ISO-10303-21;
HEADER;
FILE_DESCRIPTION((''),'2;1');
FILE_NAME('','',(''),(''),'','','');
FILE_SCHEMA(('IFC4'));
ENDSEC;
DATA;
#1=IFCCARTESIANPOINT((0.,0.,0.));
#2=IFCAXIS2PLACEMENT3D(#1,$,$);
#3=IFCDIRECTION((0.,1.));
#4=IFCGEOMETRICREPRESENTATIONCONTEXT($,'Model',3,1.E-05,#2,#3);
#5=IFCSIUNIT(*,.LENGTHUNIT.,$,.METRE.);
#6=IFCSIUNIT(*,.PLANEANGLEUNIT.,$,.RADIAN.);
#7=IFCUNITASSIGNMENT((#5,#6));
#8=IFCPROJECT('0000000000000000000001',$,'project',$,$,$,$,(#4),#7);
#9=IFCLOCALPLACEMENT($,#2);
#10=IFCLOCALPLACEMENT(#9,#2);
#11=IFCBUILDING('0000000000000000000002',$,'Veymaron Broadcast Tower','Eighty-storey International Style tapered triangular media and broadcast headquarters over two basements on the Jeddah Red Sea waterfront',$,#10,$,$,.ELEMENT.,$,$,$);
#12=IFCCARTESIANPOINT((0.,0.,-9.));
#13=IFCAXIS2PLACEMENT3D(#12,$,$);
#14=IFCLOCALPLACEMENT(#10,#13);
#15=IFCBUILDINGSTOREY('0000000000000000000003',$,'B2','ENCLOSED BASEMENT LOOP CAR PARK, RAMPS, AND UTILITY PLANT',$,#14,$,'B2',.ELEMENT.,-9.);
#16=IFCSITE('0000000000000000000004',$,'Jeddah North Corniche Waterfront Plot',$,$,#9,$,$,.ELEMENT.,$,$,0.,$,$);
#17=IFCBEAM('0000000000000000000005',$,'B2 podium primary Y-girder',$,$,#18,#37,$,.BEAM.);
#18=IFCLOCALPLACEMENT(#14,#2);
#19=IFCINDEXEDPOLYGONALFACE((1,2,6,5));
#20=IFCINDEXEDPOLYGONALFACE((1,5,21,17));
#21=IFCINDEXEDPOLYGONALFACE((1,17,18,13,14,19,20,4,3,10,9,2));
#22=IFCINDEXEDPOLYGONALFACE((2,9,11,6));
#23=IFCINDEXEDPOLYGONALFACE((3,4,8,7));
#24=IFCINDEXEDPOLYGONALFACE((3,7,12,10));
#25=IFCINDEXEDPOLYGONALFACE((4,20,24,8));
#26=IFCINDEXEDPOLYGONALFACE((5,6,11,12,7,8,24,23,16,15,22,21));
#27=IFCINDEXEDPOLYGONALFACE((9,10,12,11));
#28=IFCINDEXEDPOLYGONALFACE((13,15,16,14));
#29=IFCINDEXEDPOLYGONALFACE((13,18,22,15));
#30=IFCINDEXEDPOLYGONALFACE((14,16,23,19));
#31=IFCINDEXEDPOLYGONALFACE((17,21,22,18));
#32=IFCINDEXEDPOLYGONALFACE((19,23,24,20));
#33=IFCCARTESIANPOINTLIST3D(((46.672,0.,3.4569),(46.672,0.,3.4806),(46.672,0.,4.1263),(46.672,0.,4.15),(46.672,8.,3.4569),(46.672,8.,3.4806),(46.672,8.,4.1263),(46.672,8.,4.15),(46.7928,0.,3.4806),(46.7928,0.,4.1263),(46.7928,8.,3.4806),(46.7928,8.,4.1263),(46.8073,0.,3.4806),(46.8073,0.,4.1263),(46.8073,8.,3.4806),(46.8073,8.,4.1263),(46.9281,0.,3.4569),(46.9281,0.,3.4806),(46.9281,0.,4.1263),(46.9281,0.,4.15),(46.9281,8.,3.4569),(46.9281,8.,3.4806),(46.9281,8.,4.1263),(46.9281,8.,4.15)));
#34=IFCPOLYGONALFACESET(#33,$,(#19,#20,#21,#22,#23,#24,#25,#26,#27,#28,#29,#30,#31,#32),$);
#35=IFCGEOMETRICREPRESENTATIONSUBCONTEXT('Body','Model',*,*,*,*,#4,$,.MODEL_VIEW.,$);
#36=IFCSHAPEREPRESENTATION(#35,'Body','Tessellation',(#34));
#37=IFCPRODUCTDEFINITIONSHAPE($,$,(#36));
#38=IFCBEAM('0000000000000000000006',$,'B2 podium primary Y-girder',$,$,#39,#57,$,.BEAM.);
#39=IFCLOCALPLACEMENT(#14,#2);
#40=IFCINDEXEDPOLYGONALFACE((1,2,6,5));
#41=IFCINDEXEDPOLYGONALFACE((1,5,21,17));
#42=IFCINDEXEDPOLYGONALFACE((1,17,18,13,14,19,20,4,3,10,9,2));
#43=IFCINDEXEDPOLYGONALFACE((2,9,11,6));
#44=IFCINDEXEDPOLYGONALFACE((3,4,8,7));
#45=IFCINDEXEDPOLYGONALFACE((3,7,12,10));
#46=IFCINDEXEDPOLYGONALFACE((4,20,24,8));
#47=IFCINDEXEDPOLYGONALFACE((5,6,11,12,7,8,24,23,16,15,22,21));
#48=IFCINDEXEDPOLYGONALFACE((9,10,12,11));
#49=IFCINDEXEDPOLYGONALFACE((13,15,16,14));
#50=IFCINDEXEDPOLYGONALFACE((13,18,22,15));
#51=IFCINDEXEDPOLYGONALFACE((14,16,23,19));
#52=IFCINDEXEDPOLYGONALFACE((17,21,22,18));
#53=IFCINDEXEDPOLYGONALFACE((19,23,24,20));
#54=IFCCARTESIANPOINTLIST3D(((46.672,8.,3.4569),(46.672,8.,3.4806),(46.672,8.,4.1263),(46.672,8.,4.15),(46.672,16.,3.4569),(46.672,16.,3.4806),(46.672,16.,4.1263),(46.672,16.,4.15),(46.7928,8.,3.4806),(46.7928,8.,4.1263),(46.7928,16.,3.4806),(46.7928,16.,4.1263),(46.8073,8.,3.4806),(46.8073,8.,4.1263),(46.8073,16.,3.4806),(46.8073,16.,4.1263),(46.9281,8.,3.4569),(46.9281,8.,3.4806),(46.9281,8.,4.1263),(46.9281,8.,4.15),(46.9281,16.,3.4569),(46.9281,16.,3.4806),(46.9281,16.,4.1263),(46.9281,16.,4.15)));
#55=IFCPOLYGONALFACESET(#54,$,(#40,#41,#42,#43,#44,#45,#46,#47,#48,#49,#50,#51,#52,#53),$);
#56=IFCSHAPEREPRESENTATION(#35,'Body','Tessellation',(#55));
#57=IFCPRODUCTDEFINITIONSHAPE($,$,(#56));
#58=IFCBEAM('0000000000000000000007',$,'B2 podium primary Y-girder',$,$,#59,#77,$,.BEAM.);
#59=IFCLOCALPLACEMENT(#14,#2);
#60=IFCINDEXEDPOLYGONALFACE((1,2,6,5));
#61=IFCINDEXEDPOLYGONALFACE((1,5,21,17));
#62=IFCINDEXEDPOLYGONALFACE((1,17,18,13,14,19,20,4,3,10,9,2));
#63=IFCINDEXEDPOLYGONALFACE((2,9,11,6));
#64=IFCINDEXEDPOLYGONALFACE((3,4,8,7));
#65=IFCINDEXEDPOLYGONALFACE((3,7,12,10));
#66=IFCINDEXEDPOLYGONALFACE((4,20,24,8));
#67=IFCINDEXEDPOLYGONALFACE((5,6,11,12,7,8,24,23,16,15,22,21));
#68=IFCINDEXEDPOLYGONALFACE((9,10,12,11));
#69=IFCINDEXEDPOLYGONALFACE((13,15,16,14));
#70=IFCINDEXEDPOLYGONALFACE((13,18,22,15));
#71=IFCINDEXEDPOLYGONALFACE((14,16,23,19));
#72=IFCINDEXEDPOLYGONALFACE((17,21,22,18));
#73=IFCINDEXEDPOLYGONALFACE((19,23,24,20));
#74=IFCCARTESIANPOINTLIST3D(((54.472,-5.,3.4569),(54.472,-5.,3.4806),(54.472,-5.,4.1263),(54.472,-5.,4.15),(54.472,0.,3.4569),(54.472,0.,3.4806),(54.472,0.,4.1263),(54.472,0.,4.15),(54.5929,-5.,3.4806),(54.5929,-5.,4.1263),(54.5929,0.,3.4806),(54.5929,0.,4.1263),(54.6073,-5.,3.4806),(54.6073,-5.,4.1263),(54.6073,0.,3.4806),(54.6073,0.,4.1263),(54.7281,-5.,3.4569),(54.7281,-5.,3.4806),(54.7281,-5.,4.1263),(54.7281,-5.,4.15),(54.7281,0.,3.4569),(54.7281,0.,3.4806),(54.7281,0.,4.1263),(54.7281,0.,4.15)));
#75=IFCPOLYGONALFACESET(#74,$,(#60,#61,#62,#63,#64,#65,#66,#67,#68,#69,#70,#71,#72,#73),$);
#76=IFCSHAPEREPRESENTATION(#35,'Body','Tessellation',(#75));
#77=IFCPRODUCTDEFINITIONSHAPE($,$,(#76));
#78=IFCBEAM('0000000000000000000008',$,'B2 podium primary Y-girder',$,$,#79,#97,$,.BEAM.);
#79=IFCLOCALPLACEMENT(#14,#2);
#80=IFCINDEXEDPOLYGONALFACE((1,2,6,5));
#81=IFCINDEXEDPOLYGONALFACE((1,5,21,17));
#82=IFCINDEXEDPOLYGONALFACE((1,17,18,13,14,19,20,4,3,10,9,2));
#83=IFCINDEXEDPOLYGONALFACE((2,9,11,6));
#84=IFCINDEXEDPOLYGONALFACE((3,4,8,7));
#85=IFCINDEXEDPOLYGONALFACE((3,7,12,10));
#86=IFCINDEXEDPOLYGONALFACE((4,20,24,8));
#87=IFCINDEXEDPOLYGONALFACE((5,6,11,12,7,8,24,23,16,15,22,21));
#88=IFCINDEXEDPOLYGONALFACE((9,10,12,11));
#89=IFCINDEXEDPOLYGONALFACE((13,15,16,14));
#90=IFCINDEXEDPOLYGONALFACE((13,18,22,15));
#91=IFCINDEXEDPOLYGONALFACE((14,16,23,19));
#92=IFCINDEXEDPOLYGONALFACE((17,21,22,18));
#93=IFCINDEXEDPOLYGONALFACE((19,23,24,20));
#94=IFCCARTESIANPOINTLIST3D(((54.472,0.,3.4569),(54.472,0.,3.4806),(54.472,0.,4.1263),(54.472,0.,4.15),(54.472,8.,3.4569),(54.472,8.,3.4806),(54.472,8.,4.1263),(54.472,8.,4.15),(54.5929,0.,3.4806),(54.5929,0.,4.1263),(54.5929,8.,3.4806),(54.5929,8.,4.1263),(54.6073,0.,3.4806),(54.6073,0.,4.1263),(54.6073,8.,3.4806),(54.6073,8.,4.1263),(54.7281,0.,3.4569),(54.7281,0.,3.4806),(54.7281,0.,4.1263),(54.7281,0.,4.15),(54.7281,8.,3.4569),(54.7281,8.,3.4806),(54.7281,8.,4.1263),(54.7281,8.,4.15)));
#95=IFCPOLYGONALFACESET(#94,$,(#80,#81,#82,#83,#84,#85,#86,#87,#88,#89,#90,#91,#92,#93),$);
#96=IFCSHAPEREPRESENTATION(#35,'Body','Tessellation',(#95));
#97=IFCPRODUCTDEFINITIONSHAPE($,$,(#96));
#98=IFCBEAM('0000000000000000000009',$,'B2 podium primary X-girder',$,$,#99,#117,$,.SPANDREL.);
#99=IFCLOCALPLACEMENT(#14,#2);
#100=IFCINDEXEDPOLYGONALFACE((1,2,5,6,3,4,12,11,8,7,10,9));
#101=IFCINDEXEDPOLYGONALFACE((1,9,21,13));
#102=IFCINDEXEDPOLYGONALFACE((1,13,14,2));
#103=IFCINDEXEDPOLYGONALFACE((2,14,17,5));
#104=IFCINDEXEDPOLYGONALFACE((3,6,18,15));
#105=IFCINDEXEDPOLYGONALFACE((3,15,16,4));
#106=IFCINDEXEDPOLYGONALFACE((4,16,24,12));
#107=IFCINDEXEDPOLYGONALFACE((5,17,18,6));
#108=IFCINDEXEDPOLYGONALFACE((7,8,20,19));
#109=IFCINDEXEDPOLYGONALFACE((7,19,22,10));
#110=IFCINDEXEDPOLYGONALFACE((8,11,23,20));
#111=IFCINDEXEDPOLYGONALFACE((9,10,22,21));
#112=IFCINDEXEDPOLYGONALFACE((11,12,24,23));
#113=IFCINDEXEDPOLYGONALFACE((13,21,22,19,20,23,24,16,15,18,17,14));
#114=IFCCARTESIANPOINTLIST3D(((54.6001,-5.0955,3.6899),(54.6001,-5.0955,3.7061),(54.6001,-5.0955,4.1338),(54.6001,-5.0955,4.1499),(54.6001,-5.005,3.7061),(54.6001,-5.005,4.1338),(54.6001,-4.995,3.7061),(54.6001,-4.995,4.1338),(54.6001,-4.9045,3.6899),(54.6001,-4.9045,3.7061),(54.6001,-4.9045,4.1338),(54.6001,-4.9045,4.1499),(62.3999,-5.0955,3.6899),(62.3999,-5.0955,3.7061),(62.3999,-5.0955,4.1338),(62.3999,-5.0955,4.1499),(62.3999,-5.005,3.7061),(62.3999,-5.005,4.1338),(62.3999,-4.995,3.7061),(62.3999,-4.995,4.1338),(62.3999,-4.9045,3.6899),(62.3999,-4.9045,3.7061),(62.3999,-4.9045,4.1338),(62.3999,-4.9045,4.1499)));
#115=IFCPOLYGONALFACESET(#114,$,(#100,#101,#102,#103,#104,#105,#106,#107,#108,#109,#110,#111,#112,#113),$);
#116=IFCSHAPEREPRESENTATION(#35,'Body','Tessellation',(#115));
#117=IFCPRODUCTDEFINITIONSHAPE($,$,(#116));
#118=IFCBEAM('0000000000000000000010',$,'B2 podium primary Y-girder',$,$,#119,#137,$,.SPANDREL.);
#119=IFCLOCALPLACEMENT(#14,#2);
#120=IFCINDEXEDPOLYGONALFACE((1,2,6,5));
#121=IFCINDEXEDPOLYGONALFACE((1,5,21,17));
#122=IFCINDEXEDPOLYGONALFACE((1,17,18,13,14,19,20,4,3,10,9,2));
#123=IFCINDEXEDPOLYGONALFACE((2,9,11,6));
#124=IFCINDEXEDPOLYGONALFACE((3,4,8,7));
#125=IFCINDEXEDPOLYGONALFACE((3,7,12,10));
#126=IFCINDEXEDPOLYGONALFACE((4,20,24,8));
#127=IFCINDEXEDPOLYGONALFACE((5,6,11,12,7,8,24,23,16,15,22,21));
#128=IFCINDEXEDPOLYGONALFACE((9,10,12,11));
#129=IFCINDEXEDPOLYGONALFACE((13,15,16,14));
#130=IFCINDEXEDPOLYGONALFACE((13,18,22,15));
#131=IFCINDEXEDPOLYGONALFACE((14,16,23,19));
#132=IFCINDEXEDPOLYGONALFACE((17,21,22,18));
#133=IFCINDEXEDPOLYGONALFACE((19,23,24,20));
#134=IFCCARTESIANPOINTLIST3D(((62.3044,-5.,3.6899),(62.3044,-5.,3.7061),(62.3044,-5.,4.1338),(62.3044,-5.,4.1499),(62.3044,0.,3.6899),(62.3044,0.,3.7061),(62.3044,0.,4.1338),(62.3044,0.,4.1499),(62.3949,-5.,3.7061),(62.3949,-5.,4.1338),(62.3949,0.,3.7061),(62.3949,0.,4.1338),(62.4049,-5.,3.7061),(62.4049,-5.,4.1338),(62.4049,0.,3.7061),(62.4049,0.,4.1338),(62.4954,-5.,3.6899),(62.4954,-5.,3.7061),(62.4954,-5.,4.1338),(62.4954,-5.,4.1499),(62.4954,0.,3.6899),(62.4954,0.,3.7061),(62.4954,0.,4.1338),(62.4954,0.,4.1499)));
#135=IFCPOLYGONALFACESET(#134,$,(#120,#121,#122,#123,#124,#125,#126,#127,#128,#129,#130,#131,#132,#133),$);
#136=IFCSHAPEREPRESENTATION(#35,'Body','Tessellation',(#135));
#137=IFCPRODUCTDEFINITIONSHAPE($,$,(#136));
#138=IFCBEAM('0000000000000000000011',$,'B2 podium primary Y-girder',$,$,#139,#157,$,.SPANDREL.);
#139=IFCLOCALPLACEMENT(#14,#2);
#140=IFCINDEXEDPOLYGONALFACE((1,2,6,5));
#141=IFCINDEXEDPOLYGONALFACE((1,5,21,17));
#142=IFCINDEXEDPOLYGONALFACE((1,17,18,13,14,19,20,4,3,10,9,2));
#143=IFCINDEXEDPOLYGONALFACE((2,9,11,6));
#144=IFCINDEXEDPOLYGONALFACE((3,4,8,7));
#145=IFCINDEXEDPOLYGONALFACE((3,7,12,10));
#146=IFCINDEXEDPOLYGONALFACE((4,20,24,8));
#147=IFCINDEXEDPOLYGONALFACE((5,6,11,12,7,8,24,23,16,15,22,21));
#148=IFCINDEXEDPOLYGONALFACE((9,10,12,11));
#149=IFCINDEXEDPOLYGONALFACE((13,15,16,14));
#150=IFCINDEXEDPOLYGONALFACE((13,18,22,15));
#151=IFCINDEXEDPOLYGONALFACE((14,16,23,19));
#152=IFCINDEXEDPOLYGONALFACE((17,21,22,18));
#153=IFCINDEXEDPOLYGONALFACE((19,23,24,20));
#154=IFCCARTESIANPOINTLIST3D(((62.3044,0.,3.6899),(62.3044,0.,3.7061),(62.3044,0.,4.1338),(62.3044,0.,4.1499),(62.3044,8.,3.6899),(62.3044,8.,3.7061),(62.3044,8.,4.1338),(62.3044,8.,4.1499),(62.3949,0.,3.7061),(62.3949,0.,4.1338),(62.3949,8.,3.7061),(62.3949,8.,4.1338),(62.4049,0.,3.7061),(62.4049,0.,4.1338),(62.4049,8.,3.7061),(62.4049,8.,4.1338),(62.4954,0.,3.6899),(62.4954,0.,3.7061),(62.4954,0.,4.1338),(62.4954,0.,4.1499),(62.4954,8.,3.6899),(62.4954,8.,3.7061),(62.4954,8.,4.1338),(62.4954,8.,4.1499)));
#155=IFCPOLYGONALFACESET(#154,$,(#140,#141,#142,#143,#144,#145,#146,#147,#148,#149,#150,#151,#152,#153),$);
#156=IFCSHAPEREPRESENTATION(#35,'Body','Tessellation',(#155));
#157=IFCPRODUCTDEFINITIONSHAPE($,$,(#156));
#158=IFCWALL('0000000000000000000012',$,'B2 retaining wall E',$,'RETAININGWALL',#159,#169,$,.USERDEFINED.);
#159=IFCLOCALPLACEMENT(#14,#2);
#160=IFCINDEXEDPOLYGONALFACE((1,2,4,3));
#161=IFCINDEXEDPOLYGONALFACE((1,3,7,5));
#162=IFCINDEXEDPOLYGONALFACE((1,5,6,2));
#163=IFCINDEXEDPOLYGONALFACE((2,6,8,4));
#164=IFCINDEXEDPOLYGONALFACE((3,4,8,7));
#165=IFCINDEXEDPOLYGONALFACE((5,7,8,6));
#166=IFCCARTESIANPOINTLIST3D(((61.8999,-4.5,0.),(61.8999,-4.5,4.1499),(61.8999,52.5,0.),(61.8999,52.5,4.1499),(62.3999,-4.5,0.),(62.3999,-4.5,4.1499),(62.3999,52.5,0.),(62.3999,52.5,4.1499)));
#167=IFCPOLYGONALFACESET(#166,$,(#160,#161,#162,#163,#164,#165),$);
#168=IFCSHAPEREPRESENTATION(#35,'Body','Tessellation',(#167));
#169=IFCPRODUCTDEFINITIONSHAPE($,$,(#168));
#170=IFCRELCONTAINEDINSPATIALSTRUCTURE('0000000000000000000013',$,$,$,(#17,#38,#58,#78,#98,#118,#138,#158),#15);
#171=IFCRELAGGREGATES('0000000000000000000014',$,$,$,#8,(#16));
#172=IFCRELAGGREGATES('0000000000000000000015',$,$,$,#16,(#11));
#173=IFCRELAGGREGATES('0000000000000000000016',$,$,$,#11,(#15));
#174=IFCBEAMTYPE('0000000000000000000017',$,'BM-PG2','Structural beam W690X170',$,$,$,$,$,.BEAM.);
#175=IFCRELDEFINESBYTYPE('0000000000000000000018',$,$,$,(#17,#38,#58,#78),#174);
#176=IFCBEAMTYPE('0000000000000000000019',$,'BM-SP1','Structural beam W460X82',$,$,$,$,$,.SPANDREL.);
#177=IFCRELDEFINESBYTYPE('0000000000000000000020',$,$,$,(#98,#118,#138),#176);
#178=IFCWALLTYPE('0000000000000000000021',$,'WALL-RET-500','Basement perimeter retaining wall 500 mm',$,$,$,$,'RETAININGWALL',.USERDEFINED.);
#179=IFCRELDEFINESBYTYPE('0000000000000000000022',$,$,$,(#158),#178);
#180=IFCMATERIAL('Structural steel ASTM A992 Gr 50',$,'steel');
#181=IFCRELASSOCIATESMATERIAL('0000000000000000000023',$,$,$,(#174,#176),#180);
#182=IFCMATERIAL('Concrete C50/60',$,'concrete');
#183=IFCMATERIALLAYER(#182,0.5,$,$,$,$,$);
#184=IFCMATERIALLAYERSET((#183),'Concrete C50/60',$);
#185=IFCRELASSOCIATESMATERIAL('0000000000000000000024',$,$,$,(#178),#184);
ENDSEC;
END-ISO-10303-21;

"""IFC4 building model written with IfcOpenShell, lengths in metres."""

from ifc_helpers import new_model, si_unit, direction, frame, frame_2d, origin, origin_2d, place, context, subcontext, project, spatial, rectangle, i_section, extrude, material, layer, layer_set, material_profile, profile_set, type_object, element, save


model = new_model("IFC4")

# Units and contexts
model_context = context("Model", 3, precision=1e-05, world=origin(), true_north=direction((0.0, 1.0)))
body_context = subcontext(model_context, "Body", "Model", "MODEL_VIEW")
ifc_project = project(units=[si_unit("LENGTHUNIT", "METRE"), si_unit("PLANEANGLEUNIT", "RADIAN")], contexts=[model_context])

# Site, building, storey
site_placement = place(None, origin())
site = spatial("IfcSite", under=ifc_project, at=site_placement, Name="Jeddah North Corniche Waterfront Plot", CompositionType="ELEMENT", RefElevation=0.0)
building_placement = place(site_placement, origin())
building = spatial("IfcBuilding", under=site, at=building_placement, Name="Veymaron Broadcast Tower", Description="Eighty-storey International Style tapered triangular media and broadcast headquarters over two basements on the Jeddah Red Sea waterfront", CompositionType="ELEMENT")
storey_placement = place(building_placement, frame((0.0, 0.0, -9.0)))
storey = spatial("IfcBuildingStorey", under=building, at=storey_placement, Name="B2", Description="ENCLOSED BASEMENT LOOP CAR PARK, RAMPS, AND UTILITY PLANT", LongName="B2", CompositionType="ELEMENT", Elevation=-9.0)

# Shared definitions
ifc_material_1 = material(Name="Concrete C50/60", Category="concrete")

# Beams
ifc_material_2 = material(Name="Structural steel ASTM A992 Gr 50", Category="steel")
ifc_material_profile_1 = material_profile(ifc_material_2, i_section(OverallWidth=0.2561, OverallDepth=0.6931, WebThickness=0.0144, FlangeThickness=0.0237, at=origin_2d()), Name="W690X170")
ifc_profile_set_1 = profile_set([ifc_material_profile_1], Name="Structural steel ASTM A992 Gr 50")
beam_type_1 = type_object("IfcBeamType", Name="BM-PG2", Description="Structural beam W690X170", PredefinedType="BEAM", material=ifc_profile_set_1)
for number, where, z_axis, x_axis, name in (
    (1, (46.8, 0.0, 3.8035), (0.0, 1.0, 0.0), (-1.0, 0.0, 0.0), "B2 podium primary Y-girder"),
    (2, (46.8, 8.0, 3.8035), (0.0, 1.0, 0.0), (-1.0, 0.0, 0.0), "B2 podium primary Y-girder"),
):
    element("IfcBeam", number, at=place(storey_placement, frame(where, z_axis=z_axis, x_axis=x_axis)), inside=storey, type_object=beam_type_1, Name=name, PredefinedType="BEAM", context=body_context, shape_type="SweptSolid", body=[
        extrude(i_section(OverallWidth=0.2561, OverallDepth=0.6931, WebThickness=0.0144, FlangeThickness=0.0237, at=origin_2d()), origin(), (0.0, 0.0, 1.0), 8.0),
    ])
beam_1_placement = place(storey_placement, frame((54.6001, -5.0, 3.8035), z_axis=(0.0, 1.0, 0.0), x_axis=(-1.0, 0.0, 0.0)))
element("IfcBeam", 3, at=beam_1_placement, inside=storey, type_object=beam_type_1, Name="B2 podium primary Y-girder", PredefinedType="BEAM", context=body_context, shape_type="SweptSolid", body=[
    extrude(i_section(OverallWidth=0.2561, OverallDepth=0.6931, WebThickness=0.0144, FlangeThickness=0.0237, at=origin_2d()), origin(), (0.0, 0.0, 1.0), 5.0),
])
beam_2_placement = place(storey_placement, frame((54.6001, 0.0, 3.8035), z_axis=(0.0, 1.0, 0.0), x_axis=(-1.0, 0.0, 0.0)))
element("IfcBeam", 4, at=beam_2_placement, inside=storey, type_object=beam_type_1, Name="B2 podium primary Y-girder", PredefinedType="BEAM", context=body_context, shape_type="SweptSolid", body=[
    extrude(i_section(OverallWidth=0.2561, OverallDepth=0.6931, WebThickness=0.0144, FlangeThickness=0.0237, at=origin_2d()), origin(), (0.0, 0.0, 1.0), 8.0),
])
ifc_material_profile_2 = material_profile(ifc_material_2, i_section(OverallWidth=0.1909, OverallDepth=0.46, WebThickness=0.01, FlangeThickness=0.0161, at=origin_2d()), Name="W460X82")
ifc_profile_set_2 = profile_set([ifc_material_profile_2], Name="Structural steel ASTM A992 Gr 50")
beam_type_2 = type_object("IfcBeamType", Name="BM-SP1", Description="Structural beam W460X82", PredefinedType="SPANDREL", material=ifc_profile_set_2)
beam_3_placement = place(storey_placement, frame((54.6001, -5.0, 3.9199), z_axis=(1.0, 0.0, 0.0), x_axis=(0.0, 1.0, 0.0)))
element("IfcBeam", 5, at=beam_3_placement, inside=storey, type_object=beam_type_2, Name="B2 podium primary X-girder", PredefinedType="SPANDREL", context=body_context, shape_type="SweptSolid", body=[
    extrude(i_section(OverallWidth=0.1909, OverallDepth=0.46, WebThickness=0.01, FlangeThickness=0.0161, at=origin_2d()), origin(), (0.0, 0.0, 1.0), 7.7998),
])
beam_4_placement = place(storey_placement, frame((62.3999, -5.0, 3.9199), z_axis=(0.0, 1.0, 0.0), x_axis=(-1.0, 0.0, 0.0)))
element("IfcBeam", 6, at=beam_4_placement, inside=storey, type_object=beam_type_2, Name="B2 podium primary Y-girder", PredefinedType="SPANDREL", context=body_context, shape_type="SweptSolid", body=[
    extrude(i_section(OverallWidth=0.1909, OverallDepth=0.46, WebThickness=0.01, FlangeThickness=0.0161, at=origin_2d()), origin(), (0.0, 0.0, 1.0), 5.0),
])
beam_5_placement = place(storey_placement, frame((62.3999, 0.0, 3.9199), z_axis=(0.0, 1.0, 0.0), x_axis=(-1.0, 0.0, 0.0)))
element("IfcBeam", 7, at=beam_5_placement, inside=storey, type_object=beam_type_2, Name="B2 podium primary Y-girder", PredefinedType="SPANDREL", context=body_context, shape_type="SweptSolid", body=[
    extrude(i_section(OverallWidth=0.1909, OverallDepth=0.46, WebThickness=0.01, FlangeThickness=0.0161, at=origin_2d()), origin(), (0.0, 0.0, 1.0), 8.0),
])

# Wall
ifc_layer = layer(ifc_material_1, 0.5)
ifc_layer_set = layer_set([ifc_layer], Name="Concrete C50/60")
wall_type = type_object("IfcWallType", Name="WALL-RET-500", Description="Basement perimeter retaining wall 500 mm", ElementType="RETAININGWALL", PredefinedType="USERDEFINED", material=ifc_layer_set)
wall_placement = place(storey_placement, frame((62.1499, -4.5, 0.0), z_axis=(0.0, 0.0, 1.0), x_axis=(0.0, 1.0, 0.0)))
element("IfcWall", 8, at=wall_placement, inside=storey, type_object=wall_type, Name="B2 retaining wall E", ObjectType="RETAININGWALL", PredefinedType="USERDEFINED", context=body_context, shape_type="SweptSolid", body=[
    extrude(rectangle(XDim=57.0, YDim=0.5, at=frame_2d((28.5, 0.0))), origin(), (0.0, 0.0, 1.0), 4.1499),
])

save(model, "model.ifc")
